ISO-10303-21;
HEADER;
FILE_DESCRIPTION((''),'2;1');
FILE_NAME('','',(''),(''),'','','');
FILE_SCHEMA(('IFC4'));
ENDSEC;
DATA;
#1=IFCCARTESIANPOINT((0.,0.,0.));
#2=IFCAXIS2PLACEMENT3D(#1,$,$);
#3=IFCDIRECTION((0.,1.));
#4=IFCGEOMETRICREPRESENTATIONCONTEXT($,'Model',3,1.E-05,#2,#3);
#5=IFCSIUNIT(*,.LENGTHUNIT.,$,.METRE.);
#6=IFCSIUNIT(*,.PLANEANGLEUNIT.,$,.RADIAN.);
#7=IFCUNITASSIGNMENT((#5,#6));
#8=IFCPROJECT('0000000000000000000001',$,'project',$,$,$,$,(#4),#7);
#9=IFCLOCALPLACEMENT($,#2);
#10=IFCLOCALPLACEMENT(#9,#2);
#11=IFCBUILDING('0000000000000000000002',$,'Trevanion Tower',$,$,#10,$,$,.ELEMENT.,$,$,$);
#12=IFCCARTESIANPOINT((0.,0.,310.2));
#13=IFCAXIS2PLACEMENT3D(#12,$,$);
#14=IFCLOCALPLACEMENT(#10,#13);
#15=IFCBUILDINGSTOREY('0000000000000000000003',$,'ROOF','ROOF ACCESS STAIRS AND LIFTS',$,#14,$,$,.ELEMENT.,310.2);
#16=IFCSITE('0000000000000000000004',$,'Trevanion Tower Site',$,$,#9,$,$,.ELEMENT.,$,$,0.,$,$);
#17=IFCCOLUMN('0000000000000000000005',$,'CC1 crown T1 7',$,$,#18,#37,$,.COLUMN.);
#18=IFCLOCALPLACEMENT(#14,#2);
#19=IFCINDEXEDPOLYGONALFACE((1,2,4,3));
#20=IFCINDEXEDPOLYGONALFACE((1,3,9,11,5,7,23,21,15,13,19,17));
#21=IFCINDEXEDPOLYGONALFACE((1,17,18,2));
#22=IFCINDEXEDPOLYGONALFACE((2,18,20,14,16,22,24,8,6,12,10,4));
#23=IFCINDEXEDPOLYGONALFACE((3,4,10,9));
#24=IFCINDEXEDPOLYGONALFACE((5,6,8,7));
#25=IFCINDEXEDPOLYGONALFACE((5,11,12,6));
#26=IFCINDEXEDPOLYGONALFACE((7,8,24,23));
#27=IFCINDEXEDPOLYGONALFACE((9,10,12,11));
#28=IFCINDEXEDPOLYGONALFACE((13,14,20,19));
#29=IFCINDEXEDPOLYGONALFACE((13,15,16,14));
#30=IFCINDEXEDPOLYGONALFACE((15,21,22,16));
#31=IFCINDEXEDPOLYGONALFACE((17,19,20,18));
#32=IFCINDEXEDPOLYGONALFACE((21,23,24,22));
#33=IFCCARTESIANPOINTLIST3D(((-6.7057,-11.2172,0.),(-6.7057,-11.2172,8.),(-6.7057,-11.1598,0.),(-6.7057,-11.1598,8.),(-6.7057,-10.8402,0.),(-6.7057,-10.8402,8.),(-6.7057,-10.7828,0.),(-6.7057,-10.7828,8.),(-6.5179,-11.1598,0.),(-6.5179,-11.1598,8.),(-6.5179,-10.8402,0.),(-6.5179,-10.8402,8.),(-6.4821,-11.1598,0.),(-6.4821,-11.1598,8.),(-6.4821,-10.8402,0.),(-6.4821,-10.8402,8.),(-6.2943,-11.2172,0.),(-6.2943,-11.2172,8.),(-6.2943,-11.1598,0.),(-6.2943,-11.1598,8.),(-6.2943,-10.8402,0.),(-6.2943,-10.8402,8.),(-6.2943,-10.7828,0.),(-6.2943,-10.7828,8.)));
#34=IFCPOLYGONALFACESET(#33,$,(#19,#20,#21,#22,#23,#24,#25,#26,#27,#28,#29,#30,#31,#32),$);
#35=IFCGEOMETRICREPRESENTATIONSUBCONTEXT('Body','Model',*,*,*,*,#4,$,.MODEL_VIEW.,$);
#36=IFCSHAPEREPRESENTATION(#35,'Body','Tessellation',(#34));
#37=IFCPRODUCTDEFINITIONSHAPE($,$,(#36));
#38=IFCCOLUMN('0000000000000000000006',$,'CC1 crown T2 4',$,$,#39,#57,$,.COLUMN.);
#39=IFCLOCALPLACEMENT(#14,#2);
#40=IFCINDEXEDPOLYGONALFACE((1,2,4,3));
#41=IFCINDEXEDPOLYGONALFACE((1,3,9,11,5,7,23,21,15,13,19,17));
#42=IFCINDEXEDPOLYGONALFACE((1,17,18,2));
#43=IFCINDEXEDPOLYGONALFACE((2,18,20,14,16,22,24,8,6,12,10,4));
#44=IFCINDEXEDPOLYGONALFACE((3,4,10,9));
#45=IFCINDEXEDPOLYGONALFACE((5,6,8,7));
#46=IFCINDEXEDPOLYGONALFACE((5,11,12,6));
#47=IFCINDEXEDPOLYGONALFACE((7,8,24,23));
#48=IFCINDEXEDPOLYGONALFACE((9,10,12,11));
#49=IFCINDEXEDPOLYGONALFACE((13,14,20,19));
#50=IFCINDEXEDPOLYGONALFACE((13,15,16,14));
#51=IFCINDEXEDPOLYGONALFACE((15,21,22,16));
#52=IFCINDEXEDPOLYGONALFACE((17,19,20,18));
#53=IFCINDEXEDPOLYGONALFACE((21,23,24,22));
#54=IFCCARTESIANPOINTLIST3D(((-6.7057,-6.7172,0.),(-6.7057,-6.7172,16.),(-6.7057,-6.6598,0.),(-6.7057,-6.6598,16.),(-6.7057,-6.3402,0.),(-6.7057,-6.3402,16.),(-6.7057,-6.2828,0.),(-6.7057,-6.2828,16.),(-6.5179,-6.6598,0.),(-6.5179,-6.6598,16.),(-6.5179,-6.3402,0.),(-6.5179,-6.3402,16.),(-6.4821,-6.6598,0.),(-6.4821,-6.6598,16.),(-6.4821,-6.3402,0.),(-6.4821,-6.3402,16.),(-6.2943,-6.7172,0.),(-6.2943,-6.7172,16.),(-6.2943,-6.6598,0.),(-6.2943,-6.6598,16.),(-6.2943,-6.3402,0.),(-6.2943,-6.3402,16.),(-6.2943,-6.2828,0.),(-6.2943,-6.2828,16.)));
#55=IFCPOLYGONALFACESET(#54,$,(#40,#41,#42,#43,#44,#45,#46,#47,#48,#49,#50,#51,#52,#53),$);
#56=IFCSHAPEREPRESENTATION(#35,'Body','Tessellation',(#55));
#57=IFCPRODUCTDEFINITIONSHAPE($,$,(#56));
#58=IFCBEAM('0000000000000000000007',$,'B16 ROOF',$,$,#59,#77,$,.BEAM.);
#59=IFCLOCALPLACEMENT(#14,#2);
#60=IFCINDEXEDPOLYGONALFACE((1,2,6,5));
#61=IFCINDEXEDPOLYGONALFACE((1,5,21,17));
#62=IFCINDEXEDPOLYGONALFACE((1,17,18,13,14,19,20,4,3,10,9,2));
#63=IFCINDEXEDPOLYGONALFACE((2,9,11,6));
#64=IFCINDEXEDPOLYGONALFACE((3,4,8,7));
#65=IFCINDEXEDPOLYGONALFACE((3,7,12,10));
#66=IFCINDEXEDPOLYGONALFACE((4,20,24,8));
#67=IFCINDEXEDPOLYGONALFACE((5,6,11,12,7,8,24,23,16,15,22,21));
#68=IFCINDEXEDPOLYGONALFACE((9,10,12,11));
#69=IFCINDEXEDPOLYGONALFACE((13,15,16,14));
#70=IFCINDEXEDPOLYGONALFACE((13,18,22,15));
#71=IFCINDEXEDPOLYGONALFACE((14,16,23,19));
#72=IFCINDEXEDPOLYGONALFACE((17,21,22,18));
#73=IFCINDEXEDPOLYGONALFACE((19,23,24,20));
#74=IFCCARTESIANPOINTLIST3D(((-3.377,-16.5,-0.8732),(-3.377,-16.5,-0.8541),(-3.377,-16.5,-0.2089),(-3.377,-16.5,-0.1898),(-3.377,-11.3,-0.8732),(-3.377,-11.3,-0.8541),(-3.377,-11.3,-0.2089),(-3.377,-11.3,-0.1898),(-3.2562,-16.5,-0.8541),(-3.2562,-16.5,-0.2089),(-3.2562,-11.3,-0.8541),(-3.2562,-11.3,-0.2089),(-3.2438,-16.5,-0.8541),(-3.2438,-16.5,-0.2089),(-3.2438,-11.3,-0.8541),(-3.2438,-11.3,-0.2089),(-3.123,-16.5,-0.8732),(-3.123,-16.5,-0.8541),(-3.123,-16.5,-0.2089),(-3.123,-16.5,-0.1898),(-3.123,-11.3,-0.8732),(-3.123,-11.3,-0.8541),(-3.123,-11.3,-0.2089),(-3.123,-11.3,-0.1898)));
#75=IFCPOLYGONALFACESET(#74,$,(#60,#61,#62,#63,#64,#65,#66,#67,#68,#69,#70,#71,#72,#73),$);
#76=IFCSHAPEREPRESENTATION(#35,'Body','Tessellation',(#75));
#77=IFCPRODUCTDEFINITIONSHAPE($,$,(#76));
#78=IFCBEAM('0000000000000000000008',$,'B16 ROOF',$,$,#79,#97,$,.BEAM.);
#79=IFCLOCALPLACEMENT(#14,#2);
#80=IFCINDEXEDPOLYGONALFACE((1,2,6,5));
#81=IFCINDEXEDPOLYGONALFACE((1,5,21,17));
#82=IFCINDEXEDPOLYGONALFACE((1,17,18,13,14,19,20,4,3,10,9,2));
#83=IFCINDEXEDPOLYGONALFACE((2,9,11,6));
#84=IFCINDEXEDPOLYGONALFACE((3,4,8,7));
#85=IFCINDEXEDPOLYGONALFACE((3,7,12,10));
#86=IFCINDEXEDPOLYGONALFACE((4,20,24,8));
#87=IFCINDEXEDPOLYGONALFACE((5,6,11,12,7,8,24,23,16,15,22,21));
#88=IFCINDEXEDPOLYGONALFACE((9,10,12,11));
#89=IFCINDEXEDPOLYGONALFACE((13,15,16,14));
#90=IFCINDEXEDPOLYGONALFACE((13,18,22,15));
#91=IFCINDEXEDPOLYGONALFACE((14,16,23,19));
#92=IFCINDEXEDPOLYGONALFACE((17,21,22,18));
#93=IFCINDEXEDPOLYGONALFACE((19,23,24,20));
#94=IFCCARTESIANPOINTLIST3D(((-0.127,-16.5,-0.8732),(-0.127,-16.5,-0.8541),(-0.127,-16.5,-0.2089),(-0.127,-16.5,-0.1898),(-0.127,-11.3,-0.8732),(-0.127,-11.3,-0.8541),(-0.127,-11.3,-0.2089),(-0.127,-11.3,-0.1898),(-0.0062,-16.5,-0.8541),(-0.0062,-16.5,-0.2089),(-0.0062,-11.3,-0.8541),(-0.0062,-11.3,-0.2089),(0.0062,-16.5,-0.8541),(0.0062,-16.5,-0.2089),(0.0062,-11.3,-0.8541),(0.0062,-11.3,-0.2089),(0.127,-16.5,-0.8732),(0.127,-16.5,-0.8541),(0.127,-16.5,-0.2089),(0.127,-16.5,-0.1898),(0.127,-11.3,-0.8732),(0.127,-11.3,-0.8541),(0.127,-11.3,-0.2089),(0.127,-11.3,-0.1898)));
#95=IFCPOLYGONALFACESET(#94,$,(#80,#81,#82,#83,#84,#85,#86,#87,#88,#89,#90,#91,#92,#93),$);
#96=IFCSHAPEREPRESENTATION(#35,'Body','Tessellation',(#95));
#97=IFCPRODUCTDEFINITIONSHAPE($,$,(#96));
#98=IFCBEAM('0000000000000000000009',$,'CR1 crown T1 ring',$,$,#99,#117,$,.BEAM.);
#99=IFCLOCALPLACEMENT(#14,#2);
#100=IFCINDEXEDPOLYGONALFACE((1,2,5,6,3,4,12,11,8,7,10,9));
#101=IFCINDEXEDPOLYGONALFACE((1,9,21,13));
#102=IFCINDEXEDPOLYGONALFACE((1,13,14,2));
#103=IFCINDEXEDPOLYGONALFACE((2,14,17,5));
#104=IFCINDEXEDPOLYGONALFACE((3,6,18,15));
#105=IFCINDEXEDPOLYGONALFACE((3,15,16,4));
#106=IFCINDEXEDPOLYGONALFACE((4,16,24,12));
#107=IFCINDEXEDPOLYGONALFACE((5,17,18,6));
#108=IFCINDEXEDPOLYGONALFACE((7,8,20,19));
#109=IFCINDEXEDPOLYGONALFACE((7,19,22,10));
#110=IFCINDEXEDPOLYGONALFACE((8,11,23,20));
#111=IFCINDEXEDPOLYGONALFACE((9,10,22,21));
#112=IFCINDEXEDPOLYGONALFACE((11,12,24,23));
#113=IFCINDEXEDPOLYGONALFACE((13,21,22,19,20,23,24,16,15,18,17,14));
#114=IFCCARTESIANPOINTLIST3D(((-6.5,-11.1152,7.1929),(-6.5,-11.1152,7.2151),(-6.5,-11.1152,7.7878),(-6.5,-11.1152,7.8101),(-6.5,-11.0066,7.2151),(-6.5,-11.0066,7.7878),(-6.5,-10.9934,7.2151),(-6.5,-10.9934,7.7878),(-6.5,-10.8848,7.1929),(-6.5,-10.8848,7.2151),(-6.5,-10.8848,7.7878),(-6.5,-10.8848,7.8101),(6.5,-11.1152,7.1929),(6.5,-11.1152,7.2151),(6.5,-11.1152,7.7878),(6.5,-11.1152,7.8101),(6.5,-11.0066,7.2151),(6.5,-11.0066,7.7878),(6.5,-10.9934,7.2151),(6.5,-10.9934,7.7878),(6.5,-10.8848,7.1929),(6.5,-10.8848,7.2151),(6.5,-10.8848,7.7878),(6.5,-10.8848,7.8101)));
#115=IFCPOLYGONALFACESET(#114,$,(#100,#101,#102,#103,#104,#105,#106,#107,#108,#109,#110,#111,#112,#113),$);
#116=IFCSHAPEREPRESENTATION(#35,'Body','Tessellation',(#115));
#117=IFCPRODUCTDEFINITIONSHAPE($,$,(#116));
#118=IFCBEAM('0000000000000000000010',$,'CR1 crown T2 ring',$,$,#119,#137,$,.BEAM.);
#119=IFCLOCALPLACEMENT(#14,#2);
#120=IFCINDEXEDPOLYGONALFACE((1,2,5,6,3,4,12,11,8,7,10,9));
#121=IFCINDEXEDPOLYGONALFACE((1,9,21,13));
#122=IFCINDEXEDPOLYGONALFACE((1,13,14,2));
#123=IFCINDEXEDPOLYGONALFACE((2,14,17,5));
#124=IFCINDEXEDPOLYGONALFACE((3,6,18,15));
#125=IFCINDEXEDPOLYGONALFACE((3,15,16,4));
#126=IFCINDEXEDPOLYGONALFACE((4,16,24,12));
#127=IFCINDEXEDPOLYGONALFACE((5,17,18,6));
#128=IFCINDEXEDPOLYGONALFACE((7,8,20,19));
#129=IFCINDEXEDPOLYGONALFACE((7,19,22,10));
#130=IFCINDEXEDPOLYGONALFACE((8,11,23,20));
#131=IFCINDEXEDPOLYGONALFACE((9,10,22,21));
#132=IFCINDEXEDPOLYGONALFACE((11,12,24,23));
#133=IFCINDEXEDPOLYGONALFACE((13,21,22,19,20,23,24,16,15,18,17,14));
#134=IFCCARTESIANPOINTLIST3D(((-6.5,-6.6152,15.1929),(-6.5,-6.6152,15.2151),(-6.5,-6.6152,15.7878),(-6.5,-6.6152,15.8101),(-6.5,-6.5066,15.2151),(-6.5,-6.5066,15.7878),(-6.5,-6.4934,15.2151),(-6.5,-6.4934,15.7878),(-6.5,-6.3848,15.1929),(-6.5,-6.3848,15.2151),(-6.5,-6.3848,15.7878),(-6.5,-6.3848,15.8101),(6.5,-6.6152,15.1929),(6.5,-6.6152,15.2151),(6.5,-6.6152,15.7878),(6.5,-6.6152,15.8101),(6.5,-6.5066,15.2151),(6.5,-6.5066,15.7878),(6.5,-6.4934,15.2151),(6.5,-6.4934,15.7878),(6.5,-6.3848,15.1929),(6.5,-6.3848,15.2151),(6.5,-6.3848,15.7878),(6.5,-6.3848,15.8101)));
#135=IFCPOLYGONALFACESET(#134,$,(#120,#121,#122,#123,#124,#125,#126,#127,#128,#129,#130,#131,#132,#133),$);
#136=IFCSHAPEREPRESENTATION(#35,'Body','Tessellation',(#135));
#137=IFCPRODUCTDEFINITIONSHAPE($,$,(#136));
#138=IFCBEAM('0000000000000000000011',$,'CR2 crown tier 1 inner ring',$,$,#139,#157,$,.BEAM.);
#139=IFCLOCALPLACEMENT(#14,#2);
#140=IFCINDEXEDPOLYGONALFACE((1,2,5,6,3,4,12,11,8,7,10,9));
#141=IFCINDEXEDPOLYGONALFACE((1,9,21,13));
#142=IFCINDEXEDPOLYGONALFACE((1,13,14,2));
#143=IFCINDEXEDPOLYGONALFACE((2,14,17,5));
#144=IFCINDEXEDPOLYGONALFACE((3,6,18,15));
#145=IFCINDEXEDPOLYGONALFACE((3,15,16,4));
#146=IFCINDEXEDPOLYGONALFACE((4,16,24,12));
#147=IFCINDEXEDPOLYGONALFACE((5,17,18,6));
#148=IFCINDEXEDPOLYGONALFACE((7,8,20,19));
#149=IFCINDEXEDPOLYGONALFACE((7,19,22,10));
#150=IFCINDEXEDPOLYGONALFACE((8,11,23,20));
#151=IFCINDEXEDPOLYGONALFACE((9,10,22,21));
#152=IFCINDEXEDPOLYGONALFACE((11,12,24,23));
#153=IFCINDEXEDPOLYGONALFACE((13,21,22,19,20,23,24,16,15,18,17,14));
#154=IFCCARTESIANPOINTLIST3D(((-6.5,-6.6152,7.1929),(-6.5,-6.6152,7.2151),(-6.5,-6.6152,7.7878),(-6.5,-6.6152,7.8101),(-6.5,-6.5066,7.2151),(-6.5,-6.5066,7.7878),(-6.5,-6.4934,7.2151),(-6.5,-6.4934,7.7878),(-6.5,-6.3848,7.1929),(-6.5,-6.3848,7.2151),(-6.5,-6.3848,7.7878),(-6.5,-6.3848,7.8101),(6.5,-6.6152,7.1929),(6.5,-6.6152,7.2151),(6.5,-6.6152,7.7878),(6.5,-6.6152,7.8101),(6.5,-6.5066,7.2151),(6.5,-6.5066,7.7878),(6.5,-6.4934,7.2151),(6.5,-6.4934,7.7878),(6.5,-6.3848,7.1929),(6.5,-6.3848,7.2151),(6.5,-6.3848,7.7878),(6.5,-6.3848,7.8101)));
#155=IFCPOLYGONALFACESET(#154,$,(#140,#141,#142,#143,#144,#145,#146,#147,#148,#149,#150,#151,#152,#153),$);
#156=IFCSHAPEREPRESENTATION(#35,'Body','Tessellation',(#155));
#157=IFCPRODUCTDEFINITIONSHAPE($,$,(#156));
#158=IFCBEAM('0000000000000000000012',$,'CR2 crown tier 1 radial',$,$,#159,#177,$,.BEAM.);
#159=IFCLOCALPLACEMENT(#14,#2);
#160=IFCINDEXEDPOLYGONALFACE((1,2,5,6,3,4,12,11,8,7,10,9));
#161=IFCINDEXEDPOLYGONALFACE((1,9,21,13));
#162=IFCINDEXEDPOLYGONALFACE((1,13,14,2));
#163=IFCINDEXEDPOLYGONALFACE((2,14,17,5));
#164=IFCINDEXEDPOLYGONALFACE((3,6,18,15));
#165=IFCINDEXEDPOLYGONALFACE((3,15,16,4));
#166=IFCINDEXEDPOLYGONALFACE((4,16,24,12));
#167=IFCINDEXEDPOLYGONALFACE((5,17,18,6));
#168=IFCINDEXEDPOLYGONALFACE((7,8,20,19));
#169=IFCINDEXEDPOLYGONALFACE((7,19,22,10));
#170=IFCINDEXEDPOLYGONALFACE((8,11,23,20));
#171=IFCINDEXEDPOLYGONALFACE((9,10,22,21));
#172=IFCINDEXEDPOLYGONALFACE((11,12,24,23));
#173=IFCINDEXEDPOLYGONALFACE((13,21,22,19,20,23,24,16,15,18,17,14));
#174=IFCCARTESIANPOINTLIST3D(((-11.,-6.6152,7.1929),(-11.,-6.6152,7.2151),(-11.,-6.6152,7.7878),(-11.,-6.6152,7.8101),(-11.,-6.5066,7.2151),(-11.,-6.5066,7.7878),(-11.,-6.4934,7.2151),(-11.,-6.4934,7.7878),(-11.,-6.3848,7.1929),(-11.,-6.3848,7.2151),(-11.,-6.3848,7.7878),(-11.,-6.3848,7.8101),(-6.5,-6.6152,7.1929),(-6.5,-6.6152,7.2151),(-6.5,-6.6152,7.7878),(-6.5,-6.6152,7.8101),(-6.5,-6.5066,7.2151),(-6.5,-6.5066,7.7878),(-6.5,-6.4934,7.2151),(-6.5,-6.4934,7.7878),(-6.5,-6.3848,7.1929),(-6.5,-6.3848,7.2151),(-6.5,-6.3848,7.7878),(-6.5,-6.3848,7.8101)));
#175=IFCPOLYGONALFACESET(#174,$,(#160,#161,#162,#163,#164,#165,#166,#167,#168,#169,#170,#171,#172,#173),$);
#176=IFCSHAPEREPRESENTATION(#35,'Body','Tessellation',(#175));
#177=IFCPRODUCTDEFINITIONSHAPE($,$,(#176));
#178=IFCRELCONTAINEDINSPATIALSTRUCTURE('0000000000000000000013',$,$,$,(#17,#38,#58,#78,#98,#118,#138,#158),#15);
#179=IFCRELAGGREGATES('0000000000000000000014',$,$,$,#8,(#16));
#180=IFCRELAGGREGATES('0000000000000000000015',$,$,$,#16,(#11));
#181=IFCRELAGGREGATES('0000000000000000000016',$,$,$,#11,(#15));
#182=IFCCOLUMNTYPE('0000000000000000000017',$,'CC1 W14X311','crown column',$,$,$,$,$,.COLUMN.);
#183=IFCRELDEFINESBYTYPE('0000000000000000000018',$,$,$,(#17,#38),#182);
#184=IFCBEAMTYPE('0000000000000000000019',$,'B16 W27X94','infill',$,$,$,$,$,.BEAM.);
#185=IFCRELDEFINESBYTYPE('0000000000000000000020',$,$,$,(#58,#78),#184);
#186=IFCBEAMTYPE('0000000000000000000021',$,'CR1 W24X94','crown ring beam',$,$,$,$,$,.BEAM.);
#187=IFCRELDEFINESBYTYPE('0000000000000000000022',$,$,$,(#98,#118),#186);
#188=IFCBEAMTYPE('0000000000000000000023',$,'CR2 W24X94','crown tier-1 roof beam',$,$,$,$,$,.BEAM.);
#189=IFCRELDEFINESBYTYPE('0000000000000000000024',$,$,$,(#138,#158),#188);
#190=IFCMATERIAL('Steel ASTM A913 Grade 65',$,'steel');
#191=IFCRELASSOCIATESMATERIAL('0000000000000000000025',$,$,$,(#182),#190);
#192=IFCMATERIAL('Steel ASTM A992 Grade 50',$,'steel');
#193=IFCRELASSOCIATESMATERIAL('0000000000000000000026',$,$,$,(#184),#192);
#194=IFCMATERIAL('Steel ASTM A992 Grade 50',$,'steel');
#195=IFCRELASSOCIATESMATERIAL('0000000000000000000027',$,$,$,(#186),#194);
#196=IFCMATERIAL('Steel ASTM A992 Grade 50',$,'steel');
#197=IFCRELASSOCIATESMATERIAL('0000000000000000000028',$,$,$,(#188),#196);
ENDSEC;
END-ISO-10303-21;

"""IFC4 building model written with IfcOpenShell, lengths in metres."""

from ifc_helpers import new_model, si_unit, direction, frame, origin, origin_2d, place, context, subcontext, project, spatial, i_section, extrude, material, material_profile, profile_set, type_object, element, save


model = new_model("IFC4")

# Units and contexts
model_context = context("Model", 3, precision=1e-05, world=origin(), true_north=direction((0.0, 1.0)))
body_context = subcontext(model_context, "Body", "Model", "MODEL_VIEW")
ifc_project = project(units=[si_unit("LENGTHUNIT", "METRE"), si_unit("PLANEANGLEUNIT", "RADIAN")], contexts=[model_context])

# Site, building, storey
site_placement = place(None, origin())
site = spatial("IfcSite", under=ifc_project, at=site_placement, Name="Trevanion Tower Site", CompositionType="ELEMENT", RefElevation=0.0)
building_placement = place(site_placement, origin())
building = spatial("IfcBuilding", under=site, at=building_placement, Name="Trevanion Tower", CompositionType="ELEMENT")
storey_placement = place(building_placement, frame((0.0, 0.0, 310.2)))
storey = spatial("IfcBuildingStorey", under=building, at=storey_placement, Name="ROOF", Description="ROOF ACCESS STAIRS AND LIFTS", CompositionType="ELEMENT", Elevation=310.2)

# Columns
ifc_material_1 = material(Name="Steel ASTM A913 Grade 65", Category="steel")
ifc_material_profile_1 = material_profile(ifc_material_1, i_section(OverallWidth=0.4114, OverallDepth=0.4343, WebThickness=0.0359, FlangeThickness=0.0574, at=origin_2d()), Name="W14X311")
ifc_profile_set_1 = profile_set([ifc_material_profile_1], Name="Steel ASTM A913 Grade 65")
column_type = type_object("IfcColumnType", Name="CC1 W14X311", Description="crown column", PredefinedType="COLUMN", material=ifc_profile_set_1)
column_1_placement = place(storey_placement, frame((-6.5, -11.0, 0.0), z_axis=(0.0, 0.0, 1.0), x_axis=(1.0, 0.0, 0.0)))
element("IfcColumn", 1, at=column_1_placement, inside=storey, type_object=column_type, Name="CC1 crown T1 7", PredefinedType="COLUMN", context=body_context, shape_type="SweptSolid", body=[
    extrude(i_section(OverallWidth=0.4114, OverallDepth=0.4343, WebThickness=0.0359, FlangeThickness=0.0574, at=origin_2d()), origin(), (0.0, 0.0, 1.0), 8.0),
])
column_2_placement = place(storey_placement, frame((-6.5, -6.5, 0.0), z_axis=(0.0, 0.0, 1.0), x_axis=(1.0, 0.0, 0.0)))
element("IfcColumn", 2, at=column_2_placement, inside=storey, type_object=column_type, Name="CC1 crown T2 4", PredefinedType="COLUMN", context=body_context, shape_type="SweptSolid", body=[
    extrude(i_section(OverallWidth=0.4114, OverallDepth=0.4343, WebThickness=0.0359, FlangeThickness=0.0574, at=origin_2d()), origin(), (0.0, 0.0, 1.0), 16.0),
])

# Beams
ifc_material_2 = material(Name="Steel ASTM A992 Grade 50", Category="steel")
ifc_material_profile_2 = material_profile(ifc_material_2, i_section(OverallWidth=0.2539, OverallDepth=0.6833, WebThickness=0.0125, FlangeThickness=0.019, at=origin_2d()), Name="W27X94")
ifc_profile_set_2 = profile_set([ifc_material_profile_2], Name="Steel ASTM A992 Grade 50")
beam_type_1 = type_object("IfcBeamType", Name="B16 W27X94", Description="infill", PredefinedType="BEAM", material=ifc_profile_set_2)
for number, where, z_axis, x_axis, name in (
    (3, (-3.25, -11.3, -0.5315), (0.0, -1.0, 0.0), (1.0, 0.0, 0.0), "B16 ROOF"),
    (4, (0.0, -11.3, -0.5315), (0.0, -1.0, 0.0), (1.0, 0.0, 0.0), "B16 ROOF"),
):
    element("IfcBeam", number, at=place(storey_placement, frame(where, z_axis=z_axis, x_axis=x_axis)), inside=storey, type_object=beam_type_1, Name=name, PredefinedType="BEAM", context=body_context, shape_type="SweptSolid", body=[
        extrude(i_section(OverallWidth=0.2539, OverallDepth=0.6833, WebThickness=0.0125, FlangeThickness=0.019, at=origin_2d()), origin(), (0.0, 0.0, 1.0), 5.2),
    ])
ifc_material_3 = material(Name="Steel ASTM A992 Grade 50", Category="steel")
ifc_material_profile_3 = material_profile(ifc_material_3, i_section(OverallWidth=0.2305, OverallDepth=0.6172, WebThickness=0.0132, FlangeThickness=0.0222, at=origin_2d()), Name="W24X94")
ifc_profile_set_3 = profile_set([ifc_material_profile_3], Name="Steel ASTM A992 Grade 50")
beam_type_2 = type_object("IfcBeamType", Name="CR1 W24X94", Description="crown ring beam", PredefinedType="BEAM", material=ifc_profile_set_3)
for number, where, z_axis, x_axis, name in (
    (5, (-6.5, -11.0, 7.5015), (1.0, 0.0, 0.0), (0.0, 1.0, 0.0), "CR1 crown T1 ring"),
    (6, (-6.5, -6.5, 15.5015), (1.0, 0.0, 0.0), (0.0, 1.0, 0.0), "CR1 crown T2 ring"),
):
    element("IfcBeam", number, at=place(storey_placement, frame(where, z_axis=z_axis, x_axis=x_axis)), inside=storey, type_object=beam_type_2, Name=name, PredefinedType="BEAM", context=body_context, shape_type="SweptSolid", body=[
        extrude(i_section(OverallWidth=0.2305, OverallDepth=0.6172, WebThickness=0.0132, FlangeThickness=0.0222, at=origin_2d()), origin(), (0.0, 0.0, 1.0), 13.0),
    ])
ifc_material_4 = material(Name="Steel ASTM A992 Grade 50", Category="steel")
ifc_material_profile_4 = material_profile(ifc_material_4, i_section(OverallWidth=0.2305, OverallDepth=0.6172, WebThickness=0.0132, FlangeThickness=0.0222, at=origin_2d()), Name="W24X94")
ifc_profile_set_4 = profile_set([ifc_material_profile_4], Name="Steel ASTM A992 Grade 50")
beam_type_3 = type_object("IfcBeamType", Name="CR2 W24X94", Description="crown tier-1 roof beam", PredefinedType="BEAM", material=ifc_profile_set_4)
beam_1_placement = place(storey_placement, frame((-6.5, -6.5, 7.5015), z_axis=(1.0, 0.0, 0.0), x_axis=(0.0, 1.0, 0.0)))
element("IfcBeam", 7, at=beam_1_placement, inside=storey, type_object=beam_type_3, Name="CR2 crown tier 1 inner ring", PredefinedType="BEAM", context=body_context, shape_type="SweptSolid", body=[
    extrude(i_section(OverallWidth=0.2305, OverallDepth=0.6172, WebThickness=0.0132, FlangeThickness=0.0222, at=origin_2d()), origin(), (0.0, 0.0, 1.0), 13.0),
])
for number, where, z_axis, x_axis, name in (
    (8, (-6.5, -6.5, 7.5015), (-1.0, 0.0, 0.0), (0.0, -1.0, 0.0), "CR2 crown tier 1 radial"),
):
    element("IfcBeam", number, at=place(storey_placement, frame(where, z_axis=z_axis, x_axis=x_axis)), inside=storey, type_object=beam_type_3, Name=name, PredefinedType="BEAM", context=body_context, shape_type="SweptSolid", body=[
        extrude(i_section(OverallWidth=0.2305, OverallDepth=0.6172, WebThickness=0.0132, FlangeThickness=0.0222, at=origin_2d()), origin(), (0.0, 0.0, 1.0), 4.5),
    ])

save(model, "model.ifc")
